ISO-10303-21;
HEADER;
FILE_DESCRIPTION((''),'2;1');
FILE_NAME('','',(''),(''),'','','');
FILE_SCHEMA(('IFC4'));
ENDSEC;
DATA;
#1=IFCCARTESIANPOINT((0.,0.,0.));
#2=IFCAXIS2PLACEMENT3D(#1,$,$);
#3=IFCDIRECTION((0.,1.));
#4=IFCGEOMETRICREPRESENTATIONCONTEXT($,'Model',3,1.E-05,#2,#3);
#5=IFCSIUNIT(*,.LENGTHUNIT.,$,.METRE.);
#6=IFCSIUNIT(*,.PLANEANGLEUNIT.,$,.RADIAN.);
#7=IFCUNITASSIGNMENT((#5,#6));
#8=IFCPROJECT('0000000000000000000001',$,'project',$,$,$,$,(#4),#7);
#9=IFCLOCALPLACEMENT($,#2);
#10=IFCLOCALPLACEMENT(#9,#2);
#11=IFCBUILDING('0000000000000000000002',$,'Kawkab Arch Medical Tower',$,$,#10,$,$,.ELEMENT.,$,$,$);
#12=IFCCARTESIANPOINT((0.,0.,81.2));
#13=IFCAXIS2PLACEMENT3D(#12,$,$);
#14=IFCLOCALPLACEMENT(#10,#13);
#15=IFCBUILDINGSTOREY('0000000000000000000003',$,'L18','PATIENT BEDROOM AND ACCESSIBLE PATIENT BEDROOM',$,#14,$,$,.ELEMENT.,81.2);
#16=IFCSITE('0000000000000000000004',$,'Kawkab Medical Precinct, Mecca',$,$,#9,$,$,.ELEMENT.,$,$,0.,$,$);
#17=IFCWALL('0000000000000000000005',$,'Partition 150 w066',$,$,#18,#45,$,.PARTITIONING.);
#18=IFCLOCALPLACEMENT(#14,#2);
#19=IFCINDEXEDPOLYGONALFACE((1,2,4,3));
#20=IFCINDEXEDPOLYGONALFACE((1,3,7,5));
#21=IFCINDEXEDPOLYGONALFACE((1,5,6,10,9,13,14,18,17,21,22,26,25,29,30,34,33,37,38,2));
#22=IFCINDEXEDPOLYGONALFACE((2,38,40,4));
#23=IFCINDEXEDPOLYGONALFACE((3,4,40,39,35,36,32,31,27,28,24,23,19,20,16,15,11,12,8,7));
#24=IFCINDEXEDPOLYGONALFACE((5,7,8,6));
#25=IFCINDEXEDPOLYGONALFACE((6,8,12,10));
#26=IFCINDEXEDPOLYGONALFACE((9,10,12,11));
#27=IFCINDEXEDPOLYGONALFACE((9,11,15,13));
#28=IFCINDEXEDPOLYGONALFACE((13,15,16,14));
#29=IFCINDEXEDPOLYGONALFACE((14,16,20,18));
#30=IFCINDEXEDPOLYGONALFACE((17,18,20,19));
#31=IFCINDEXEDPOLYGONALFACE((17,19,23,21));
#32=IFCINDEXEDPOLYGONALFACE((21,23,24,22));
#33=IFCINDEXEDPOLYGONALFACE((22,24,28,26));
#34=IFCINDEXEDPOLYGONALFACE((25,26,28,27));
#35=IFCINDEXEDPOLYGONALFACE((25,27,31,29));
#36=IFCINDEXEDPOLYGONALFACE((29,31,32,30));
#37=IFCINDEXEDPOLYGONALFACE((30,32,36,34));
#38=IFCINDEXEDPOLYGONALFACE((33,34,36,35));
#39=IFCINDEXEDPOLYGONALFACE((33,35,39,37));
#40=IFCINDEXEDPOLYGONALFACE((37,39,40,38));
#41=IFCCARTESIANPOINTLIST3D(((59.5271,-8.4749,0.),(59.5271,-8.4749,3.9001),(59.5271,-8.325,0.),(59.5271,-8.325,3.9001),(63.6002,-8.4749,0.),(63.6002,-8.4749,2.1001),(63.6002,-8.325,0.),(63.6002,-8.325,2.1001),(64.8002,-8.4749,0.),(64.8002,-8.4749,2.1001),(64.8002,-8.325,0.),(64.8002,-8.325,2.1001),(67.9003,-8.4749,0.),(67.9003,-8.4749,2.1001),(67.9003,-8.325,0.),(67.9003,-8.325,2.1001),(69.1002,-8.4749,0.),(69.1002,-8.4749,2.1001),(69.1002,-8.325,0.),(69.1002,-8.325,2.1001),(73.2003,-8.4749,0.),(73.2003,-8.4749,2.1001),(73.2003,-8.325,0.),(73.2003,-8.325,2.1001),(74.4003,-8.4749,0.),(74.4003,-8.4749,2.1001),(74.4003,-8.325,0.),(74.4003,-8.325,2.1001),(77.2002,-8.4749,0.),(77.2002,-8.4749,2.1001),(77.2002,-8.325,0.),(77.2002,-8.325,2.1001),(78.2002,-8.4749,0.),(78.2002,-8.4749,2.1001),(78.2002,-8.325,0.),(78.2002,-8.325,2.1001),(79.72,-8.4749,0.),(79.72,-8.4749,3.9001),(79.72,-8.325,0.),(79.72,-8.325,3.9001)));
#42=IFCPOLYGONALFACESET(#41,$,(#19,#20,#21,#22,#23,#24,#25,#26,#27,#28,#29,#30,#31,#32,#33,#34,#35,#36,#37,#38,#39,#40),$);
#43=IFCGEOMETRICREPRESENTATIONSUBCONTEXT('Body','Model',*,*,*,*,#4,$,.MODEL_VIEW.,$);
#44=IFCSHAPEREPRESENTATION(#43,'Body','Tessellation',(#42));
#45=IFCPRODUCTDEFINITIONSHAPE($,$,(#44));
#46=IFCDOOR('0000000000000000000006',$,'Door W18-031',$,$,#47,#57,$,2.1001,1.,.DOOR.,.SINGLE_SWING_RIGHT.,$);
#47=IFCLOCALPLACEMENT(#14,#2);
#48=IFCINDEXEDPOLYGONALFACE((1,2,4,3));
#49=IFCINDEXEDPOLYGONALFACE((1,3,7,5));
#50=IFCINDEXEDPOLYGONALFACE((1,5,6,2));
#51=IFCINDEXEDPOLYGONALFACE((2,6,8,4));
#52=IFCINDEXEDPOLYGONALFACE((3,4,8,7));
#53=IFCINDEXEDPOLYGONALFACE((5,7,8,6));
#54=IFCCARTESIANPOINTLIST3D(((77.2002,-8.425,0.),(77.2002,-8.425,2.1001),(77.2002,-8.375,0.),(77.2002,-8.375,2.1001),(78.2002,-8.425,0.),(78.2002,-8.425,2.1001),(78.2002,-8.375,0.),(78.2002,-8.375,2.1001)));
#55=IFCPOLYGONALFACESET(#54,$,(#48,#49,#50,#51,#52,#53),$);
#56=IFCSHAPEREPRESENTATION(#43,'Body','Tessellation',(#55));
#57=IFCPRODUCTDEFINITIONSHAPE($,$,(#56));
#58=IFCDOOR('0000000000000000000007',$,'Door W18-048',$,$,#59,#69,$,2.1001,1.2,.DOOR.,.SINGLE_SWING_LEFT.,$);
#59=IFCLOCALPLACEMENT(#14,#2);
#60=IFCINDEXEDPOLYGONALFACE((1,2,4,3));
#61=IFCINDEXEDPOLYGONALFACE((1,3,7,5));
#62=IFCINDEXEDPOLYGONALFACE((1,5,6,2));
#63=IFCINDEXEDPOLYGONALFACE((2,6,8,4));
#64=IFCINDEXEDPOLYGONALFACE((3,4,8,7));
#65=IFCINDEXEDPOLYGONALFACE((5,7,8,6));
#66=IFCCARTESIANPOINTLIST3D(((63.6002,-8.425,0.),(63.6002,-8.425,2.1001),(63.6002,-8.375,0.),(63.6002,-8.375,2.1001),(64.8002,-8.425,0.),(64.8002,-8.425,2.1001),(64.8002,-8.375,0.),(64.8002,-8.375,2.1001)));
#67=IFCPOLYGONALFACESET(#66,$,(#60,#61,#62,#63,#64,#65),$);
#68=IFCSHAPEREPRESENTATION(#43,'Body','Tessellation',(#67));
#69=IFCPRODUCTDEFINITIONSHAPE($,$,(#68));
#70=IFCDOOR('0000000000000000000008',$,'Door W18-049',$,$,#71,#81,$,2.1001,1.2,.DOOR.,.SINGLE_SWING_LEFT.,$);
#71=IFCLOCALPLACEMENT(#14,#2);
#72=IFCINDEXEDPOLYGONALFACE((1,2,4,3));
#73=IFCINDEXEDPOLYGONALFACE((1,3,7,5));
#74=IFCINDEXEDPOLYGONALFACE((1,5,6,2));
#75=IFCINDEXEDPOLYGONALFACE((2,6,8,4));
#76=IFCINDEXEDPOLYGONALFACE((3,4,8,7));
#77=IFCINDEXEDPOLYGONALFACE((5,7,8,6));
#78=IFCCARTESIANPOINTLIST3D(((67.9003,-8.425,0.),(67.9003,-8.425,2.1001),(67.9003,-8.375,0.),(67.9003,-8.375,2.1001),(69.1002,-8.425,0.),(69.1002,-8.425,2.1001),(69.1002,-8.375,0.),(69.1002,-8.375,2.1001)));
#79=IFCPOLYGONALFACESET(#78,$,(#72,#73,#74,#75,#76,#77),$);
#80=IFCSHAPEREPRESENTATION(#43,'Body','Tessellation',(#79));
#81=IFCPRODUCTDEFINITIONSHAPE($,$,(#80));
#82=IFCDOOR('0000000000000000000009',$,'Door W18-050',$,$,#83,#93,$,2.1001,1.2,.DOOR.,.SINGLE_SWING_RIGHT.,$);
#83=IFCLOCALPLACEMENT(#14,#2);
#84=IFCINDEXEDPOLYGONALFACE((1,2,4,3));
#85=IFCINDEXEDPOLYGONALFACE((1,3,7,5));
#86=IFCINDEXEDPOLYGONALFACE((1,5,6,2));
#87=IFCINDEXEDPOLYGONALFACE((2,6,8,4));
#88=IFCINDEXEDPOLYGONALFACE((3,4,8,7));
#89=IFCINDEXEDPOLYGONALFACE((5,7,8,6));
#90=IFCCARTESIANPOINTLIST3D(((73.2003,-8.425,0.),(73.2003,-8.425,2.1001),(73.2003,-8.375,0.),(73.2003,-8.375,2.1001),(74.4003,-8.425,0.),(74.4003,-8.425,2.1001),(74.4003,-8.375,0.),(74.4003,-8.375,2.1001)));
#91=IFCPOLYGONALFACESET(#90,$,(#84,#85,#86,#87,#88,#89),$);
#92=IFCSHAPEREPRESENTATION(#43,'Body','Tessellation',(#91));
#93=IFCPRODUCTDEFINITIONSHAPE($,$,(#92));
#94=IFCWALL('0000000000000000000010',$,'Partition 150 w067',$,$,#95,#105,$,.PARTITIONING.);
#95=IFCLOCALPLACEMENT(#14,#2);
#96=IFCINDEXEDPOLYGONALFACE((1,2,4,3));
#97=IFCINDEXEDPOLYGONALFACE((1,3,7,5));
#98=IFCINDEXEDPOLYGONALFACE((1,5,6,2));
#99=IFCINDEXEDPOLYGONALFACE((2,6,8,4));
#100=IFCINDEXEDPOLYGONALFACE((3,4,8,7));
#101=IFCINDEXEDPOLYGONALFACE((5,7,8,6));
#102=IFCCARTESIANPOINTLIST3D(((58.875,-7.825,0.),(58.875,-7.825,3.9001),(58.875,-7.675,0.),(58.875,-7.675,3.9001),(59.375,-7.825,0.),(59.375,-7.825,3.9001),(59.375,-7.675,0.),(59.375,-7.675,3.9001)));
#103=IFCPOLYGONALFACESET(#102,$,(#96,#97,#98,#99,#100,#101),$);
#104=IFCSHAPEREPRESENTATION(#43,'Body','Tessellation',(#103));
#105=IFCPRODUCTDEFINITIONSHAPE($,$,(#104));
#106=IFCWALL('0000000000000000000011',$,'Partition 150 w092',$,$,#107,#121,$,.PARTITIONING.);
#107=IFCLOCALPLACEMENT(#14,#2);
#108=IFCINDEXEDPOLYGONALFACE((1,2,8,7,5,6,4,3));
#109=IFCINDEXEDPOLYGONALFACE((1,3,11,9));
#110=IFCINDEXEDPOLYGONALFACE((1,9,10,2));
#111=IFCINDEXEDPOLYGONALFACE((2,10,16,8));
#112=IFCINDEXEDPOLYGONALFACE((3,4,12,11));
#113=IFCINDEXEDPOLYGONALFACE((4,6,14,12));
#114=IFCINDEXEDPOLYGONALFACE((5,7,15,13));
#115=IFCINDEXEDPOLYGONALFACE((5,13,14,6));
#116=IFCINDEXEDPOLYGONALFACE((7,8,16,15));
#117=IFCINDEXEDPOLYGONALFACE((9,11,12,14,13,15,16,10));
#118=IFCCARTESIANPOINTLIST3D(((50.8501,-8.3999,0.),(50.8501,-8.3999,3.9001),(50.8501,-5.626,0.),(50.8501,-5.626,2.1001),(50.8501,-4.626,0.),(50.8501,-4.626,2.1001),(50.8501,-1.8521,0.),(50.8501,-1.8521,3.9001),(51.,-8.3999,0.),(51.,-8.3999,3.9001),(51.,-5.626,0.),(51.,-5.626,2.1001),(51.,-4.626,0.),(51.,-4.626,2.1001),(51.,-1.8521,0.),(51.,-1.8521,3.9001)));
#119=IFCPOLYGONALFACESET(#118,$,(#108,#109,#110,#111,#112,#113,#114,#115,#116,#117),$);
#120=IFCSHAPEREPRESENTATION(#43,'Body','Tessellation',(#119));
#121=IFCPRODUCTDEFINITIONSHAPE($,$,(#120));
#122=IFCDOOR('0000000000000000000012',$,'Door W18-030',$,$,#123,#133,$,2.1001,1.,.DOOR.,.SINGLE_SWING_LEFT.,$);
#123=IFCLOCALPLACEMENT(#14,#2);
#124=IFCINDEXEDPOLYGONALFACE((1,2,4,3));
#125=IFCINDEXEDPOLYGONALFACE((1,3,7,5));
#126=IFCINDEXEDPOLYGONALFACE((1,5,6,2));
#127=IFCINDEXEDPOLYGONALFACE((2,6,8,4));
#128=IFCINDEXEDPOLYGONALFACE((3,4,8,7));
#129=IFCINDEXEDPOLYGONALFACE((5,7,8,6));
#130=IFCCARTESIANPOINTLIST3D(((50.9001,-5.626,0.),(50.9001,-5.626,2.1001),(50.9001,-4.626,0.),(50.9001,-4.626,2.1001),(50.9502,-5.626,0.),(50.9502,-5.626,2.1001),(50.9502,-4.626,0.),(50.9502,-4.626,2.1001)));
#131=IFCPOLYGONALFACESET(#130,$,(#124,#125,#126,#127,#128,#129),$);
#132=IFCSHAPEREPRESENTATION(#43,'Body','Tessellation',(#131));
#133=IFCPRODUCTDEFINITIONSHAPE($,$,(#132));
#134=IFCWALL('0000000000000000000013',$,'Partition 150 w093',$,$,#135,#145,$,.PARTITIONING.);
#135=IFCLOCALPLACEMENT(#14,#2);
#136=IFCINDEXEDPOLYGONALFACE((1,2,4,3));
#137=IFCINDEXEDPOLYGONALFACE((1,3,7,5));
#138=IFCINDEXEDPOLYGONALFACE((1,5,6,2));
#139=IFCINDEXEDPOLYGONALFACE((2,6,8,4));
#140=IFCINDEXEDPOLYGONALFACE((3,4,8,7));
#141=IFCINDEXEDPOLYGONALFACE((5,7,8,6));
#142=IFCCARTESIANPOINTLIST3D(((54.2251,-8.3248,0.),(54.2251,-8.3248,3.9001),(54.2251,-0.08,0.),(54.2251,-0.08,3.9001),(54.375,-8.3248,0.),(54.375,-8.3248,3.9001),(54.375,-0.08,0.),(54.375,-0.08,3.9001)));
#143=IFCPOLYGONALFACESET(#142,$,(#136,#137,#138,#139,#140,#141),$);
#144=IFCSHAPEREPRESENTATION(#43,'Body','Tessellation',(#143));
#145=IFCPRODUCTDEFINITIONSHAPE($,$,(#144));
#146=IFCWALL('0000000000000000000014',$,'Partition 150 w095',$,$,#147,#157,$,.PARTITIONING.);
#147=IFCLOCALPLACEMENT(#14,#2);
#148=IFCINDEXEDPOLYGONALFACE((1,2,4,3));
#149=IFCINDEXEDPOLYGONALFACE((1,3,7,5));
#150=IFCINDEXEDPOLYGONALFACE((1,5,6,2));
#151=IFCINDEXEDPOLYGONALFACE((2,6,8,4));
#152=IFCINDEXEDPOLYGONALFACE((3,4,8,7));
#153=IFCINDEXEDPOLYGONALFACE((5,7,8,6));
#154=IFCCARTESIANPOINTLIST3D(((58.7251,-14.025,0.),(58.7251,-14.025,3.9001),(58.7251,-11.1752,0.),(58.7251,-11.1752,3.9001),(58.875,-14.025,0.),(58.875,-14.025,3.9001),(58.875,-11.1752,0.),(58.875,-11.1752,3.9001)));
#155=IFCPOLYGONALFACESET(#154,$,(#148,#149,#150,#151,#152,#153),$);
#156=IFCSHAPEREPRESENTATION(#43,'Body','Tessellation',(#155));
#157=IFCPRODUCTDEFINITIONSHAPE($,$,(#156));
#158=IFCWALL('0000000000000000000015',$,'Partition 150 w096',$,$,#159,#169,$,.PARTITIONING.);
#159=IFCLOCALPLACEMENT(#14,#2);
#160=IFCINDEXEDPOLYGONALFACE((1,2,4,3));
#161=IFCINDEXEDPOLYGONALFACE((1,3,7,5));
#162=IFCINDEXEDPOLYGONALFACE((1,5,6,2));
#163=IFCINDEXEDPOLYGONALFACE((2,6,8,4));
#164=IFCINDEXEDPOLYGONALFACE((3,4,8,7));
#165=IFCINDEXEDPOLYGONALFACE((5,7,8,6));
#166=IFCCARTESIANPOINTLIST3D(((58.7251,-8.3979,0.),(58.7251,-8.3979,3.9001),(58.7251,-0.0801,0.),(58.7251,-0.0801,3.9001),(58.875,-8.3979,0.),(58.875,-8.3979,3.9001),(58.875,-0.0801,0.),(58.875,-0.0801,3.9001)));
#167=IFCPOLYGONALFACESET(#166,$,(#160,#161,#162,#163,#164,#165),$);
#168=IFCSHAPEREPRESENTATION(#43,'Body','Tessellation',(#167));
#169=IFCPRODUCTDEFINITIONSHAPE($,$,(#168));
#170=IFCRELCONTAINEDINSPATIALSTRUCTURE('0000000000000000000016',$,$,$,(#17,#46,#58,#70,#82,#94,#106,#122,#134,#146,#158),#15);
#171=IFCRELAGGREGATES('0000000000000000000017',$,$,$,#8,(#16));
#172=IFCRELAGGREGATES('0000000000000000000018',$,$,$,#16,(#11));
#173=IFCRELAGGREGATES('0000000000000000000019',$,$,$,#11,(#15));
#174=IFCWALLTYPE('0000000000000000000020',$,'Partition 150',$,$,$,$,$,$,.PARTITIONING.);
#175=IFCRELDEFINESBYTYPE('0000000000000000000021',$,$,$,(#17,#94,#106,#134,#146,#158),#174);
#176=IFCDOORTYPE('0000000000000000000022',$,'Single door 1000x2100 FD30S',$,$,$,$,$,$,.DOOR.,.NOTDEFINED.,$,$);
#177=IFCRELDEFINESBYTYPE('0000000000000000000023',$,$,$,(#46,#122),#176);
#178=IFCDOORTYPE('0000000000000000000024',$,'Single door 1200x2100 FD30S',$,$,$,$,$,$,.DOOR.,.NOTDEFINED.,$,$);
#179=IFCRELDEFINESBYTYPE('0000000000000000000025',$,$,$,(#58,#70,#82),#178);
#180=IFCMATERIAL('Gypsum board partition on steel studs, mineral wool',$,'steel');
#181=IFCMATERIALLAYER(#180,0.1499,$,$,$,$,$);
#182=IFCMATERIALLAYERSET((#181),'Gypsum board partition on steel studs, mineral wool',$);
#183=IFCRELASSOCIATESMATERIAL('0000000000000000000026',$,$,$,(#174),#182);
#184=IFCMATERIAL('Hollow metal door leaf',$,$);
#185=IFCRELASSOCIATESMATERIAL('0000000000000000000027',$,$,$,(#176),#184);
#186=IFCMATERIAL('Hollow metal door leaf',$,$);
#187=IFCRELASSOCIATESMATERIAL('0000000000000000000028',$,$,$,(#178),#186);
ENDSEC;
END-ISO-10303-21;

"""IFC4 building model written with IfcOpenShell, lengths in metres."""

from ifc_helpers import new_model, si_unit, direction, frame, frame_2d, origin, place, context, subcontext, project, spatial, rectangle, extrude, material, layer, layer_set, type_object, element, fill, save


model = new_model("IFC4")

# Units and contexts
model_context = context("Model", 3, precision=1e-05, world=origin(), true_north=direction((0.0, 1.0)))
body_context = subcontext(model_context, "Body", "Model", "MODEL_VIEW")
ifc_project = project(units=[si_unit("LENGTHUNIT", "METRE"), si_unit("PLANEANGLEUNIT", "RADIAN")], contexts=[model_context])

# Site, building, storey
site_placement = place(None, origin())
site = spatial("IfcSite", under=ifc_project, at=site_placement, Name="Kawkab Medical Precinct, Mecca", CompositionType="ELEMENT", RefElevation=0.0)
building_placement = place(site_placement, origin())
building = spatial("IfcBuilding", under=site, at=building_placement, Name="Kawkab Arch Medical Tower", CompositionType="ELEMENT")
storey_placement = place(building_placement, frame((0.0, 0.0, 81.2)))
storey = spatial("IfcBuildingStorey", under=building, at=storey_placement, Name="L18", Description="PATIENT BEDROOM AND ACCESSIBLE PATIENT BEDROOM", CompositionType="ELEMENT", Elevation=81.2)

# Shared definitions
ifc_material_1 = material(Name="Gypsum board partition on steel studs, mineral wool", Category="steel")
ifc_layer_1 = layer(ifc_material_1, 0.1499)
ifc_layer_set_1 = layer_set([ifc_layer_1], Name="Gypsum board partition on steel studs, mineral wool")
wall_type_1 = type_object("IfcWallType", Name="Partition 150", PredefinedType="PARTITIONING", material=ifc_layer_set_1)
ifc_material_2 = material(Name="Hollow metal door leaf")
door_type_1 = type_object("IfcDoorType", Name="Single door 1000x2100 FD30S", OperationType="NOTDEFINED", PredefinedType="DOOR", material=ifc_material_2)
ifc_material_3 = material(Name="Hollow metal door leaf")
door_type_2 = type_object("IfcDoorType", Name="Single door 1200x2100 FD30S", OperationType="NOTDEFINED", PredefinedType="DOOR", material=ifc_material_3)

# Wall, openings, doors
wall_1_placement = place(storey_placement, frame((59.5271, -8.3999, 0.0), z_axis=(0.0, 0.0, 1.0), x_axis=(1.0, 0.0, 0.0)))
wall_1 = element("IfcWall", 1, at=wall_1_placement, inside=storey, type_object=wall_type_1, Name="Partition 150 w066", PredefinedType="PARTITIONING", context=body_context, shape_type="SweptSolid", body=[
    extrude(rectangle(XDim=20.1929, YDim=0.1499, at=frame_2d((10.0964, 0.0))), origin(), (0.0, 0.0, 1.0), 3.9001),
])
opening_1_placement = place(wall_1_placement, frame((4.073, 0.0, 0.0)))
opening_1 = element("IfcOpeningElement", 2, at=opening_1_placement, cuts=wall_1, PredefinedType="OPENING", context=body_context, shape_type="SweptSolid", body=[
    extrude(rectangle(XDim=1.2, YDim=2.1001, at=frame_2d((0.6001, 1.05))), frame((0.0, 0.085, 0.0), z_axis=(0.0, -1.0, 0.0), x_axis=(1.0, 0.0, 0.0)), (0.0, 0.0, 1.0), 0.1699),
])
opening_2_placement = place(wall_1_placement, frame((8.373, 0.0, 0.0)))
opening_2 = element("IfcOpeningElement", 3, at=opening_2_placement, cuts=wall_1, PredefinedType="OPENING", context=body_context, shape_type="SweptSolid", body=[
    extrude(rectangle(XDim=1.2, YDim=2.1001, at=frame_2d((0.6001, 1.05))), frame((0.0, 0.085, 0.0), z_axis=(0.0, -1.0, 0.0), x_axis=(1.0, 0.0, 0.0)), (0.0, 0.0, 1.0), 0.1699),
])
opening_3_placement = place(wall_1_placement, frame((13.6731, 0.0, 0.0)))
opening_3 = element("IfcOpeningElement", 4, at=opening_3_placement, cuts=wall_1, PredefinedType="OPENING", context=body_context, shape_type="SweptSolid", body=[
    extrude(rectangle(XDim=1.2, YDim=2.1001, at=frame_2d((0.6001, 1.05))), frame((0.0, 0.085, 0.0), z_axis=(0.0, -1.0, 0.0), x_axis=(1.0, 0.0, 0.0)), (0.0, 0.0, 1.0), 0.1699),
])
opening_4_placement = place(wall_1_placement, frame((17.6731, 0.0, 0.0)))
opening_4 = element("IfcOpeningElement", 5, at=opening_4_placement, cuts=wall_1, PredefinedType="OPENING", context=body_context, shape_type="SweptSolid", body=[
    extrude(rectangle(XDim=1.0, YDim=2.1001, at=frame_2d((0.5, 1.05))), frame((0.0, 0.085, 0.0), z_axis=(0.0, -1.0, 0.0), x_axis=(1.0, 0.0, 0.0)), (0.0, 0.0, 1.0), 0.1699),
])
door_1_placement = place(opening_4_placement, origin())
door_1 = element("IfcDoor", 6, at=door_1_placement, inside=storey, type_object=door_type_1, Name="Door W18-031", OperationType="SINGLE_SWING_RIGHT", OverallHeight=2.1001, OverallWidth=1.0, PredefinedType="DOOR", context=body_context, shape_type="SweptSolid", body=[
    extrude(rectangle(XDim=1.0, YDim=2.1001, at=frame_2d((0.5, 1.05))), frame((0.0, 0.0249, 0.0), z_axis=(0.0, -1.0, 0.0), x_axis=(1.0, 0.0, 0.0)), (0.0, 0.0, 1.0), 0.05),
])
fill(opening_4, door_1)
door_2_placement = place(opening_1_placement, origin())
door_2 = element("IfcDoor", 7, at=door_2_placement, inside=storey, type_object=door_type_2, Name="Door W18-048", OperationType="SINGLE_SWING_LEFT", OverallHeight=2.1001, OverallWidth=1.2, PredefinedType="DOOR", context=body_context, shape_type="SweptSolid", body=[
    extrude(rectangle(XDim=1.2, YDim=2.1001, at=frame_2d((0.6001, 1.05))), frame((0.0, 0.0249, 0.0), z_axis=(0.0, -1.0, 0.0), x_axis=(1.0, 0.0, 0.0)), (0.0, 0.0, 1.0), 0.05),
])
fill(opening_1, door_2)
door_3_placement = place(opening_2_placement, origin())
door_3 = element("IfcDoor", 8, at=door_3_placement, inside=storey, type_object=door_type_2, Name="Door W18-049", OperationType="SINGLE_SWING_LEFT", OverallHeight=2.1001, OverallWidth=1.2, PredefinedType="DOOR", context=body_context, shape_type="SweptSolid", body=[
    extrude(rectangle(XDim=1.2, YDim=2.1001, at=frame_2d((0.6001, 1.05))), frame((0.0, 0.0249, 0.0), z_axis=(0.0, -1.0, 0.0), x_axis=(1.0, 0.0, 0.0)), (0.0, 0.0, 1.0), 0.05),
])
fill(opening_2, door_3)
door_4_placement = place(opening_3_placement, origin())
door_4 = element("IfcDoor", 9, at=door_4_placement, inside=storey, type_object=door_type_2, Name="Door W18-050", OperationType="SINGLE_SWING_RIGHT", OverallHeight=2.1001, OverallWidth=1.2, PredefinedType="DOOR", context=body_context, shape_type="SweptSolid", body=[
    extrude(rectangle(XDim=1.2, YDim=2.1001, at=frame_2d((0.6001, 1.05))), frame((0.0, 0.0249, 0.0), z_axis=(0.0, -1.0, 0.0), x_axis=(1.0, 0.0, 0.0)), (0.0, 0.0, 1.0), 0.05),
])
fill(opening_3, door_4)

# Wall
wall_2_placement = place(storey_placement, frame((58.875, -7.75, 0.0), z_axis=(0.0, 0.0, 1.0), x_axis=(1.0, 0.0, 0.0)))
element("IfcWall", 10, at=wall_2_placement, inside=storey, type_object=wall_type_1, Name="Partition 150 w067", PredefinedType="PARTITIONING", context=body_context, shape_type="SweptSolid", body=[
    extrude(rectangle(XDim=0.5, YDim=0.1499, at=frame_2d((0.25, 0.0))), origin(), (0.0, 0.0, 1.0), 3.9001),
])

# Wall, opening, door
wall_3_placement = place(storey_placement, frame((50.925, -8.3999, 0.0), z_axis=(0.0, 0.0, 1.0), x_axis=(0.0, 1.0, 0.0)))
wall_3 = element("IfcWall", 11, at=wall_3_placement, inside=storey, type_object=wall_type_1, Name="Partition 150 w092", PredefinedType="PARTITIONING", context=body_context, shape_type="SweptSolid", body=[
    extrude(rectangle(XDim=6.5479, YDim=0.1499, at=frame_2d((3.2739, 0.0))), origin(), (0.0, 0.0, 1.0), 3.9001),
])
opening_5_placement = place(wall_3_placement, frame((2.7739, 0.0, 0.0)))
opening_5 = element("IfcOpeningElement", 12, at=opening_5_placement, cuts=wall_3, PredefinedType="OPENING", context=body_context, shape_type="SweptSolid", body=[
    extrude(rectangle(XDim=1.0, YDim=2.1001, at=frame_2d((0.5, 1.05))), frame((0.0, 0.085, 0.0), z_axis=(0.0, -1.0, 0.0), x_axis=(1.0, 0.0, 0.0)), (0.0, 0.0, 1.0), 0.1699),
])
door_5_placement = place(opening_5_placement, origin())
door_5 = element("IfcDoor", 13, at=door_5_placement, inside=storey, type_object=door_type_1, Name="Door W18-030", OperationType="SINGLE_SWING_LEFT", OverallHeight=2.1001, OverallWidth=1.0, PredefinedType="DOOR", context=body_context, shape_type="SweptSolid", body=[
    extrude(rectangle(XDim=1.0, YDim=2.1001, at=frame_2d((0.5, 1.05))), frame((0.0, 0.0249, 0.0), z_axis=(0.0, -1.0, 0.0), x_axis=(1.0, 0.0, 0.0)), (0.0, 0.0, 1.0), 0.05),
])
fill(opening_5, door_5)

# Walls
wall_4_placement = place(storey_placement, frame((54.3, -8.325, 0.0), z_axis=(0.0, 0.0, 1.0), x_axis=(0.0, 1.0, 0.0)))
element("IfcWall", 14, at=wall_4_placement, inside=storey, type_object=wall_type_1, Name="Partition 150 w093", PredefinedType="PARTITIONING", context=body_context, shape_type="SweptSolid", body=[
    extrude(rectangle(XDim=8.2449, YDim=0.1499, at=frame_2d((4.1226, 0.0))), origin(), (0.0, 0.0, 1.0), 3.9001),
])
wall_5_placement = place(storey_placement, frame((58.8, -14.0249, 0.0), z_axis=(0.0, 0.0, 1.0), x_axis=(0.0, 1.0, 0.0)))
element("IfcWall", 15, at=wall_5_placement, inside=storey, type_object=wall_type_1, Name="Partition 150 w095", PredefinedType="PARTITIONING", context=body_context, shape_type="SweptSolid", body=[
    extrude(rectangle(XDim=2.8499, YDim=0.1499, at=frame_2d((1.4248, 0.0))), origin(), (0.0, 0.0, 1.0), 3.9001),
])
wall_6_placement = place(storey_placement, frame((58.8, -8.3979, 0.0), z_axis=(0.0, 0.0, 1.0), x_axis=(0.0, 1.0, 0.0)))
element("IfcWall", 16, at=wall_6_placement, inside=storey, type_object=wall_type_1, Name="Partition 150 w096", PredefinedType="PARTITIONING", context=body_context, shape_type="SweptSolid", body=[
    extrude(rectangle(XDim=8.3179, YDim=0.1499, at=frame_2d((4.1589, 0.0))), origin(), (0.0, 0.0, 1.0), 3.9001),
])

save(model, "model.ifc")
